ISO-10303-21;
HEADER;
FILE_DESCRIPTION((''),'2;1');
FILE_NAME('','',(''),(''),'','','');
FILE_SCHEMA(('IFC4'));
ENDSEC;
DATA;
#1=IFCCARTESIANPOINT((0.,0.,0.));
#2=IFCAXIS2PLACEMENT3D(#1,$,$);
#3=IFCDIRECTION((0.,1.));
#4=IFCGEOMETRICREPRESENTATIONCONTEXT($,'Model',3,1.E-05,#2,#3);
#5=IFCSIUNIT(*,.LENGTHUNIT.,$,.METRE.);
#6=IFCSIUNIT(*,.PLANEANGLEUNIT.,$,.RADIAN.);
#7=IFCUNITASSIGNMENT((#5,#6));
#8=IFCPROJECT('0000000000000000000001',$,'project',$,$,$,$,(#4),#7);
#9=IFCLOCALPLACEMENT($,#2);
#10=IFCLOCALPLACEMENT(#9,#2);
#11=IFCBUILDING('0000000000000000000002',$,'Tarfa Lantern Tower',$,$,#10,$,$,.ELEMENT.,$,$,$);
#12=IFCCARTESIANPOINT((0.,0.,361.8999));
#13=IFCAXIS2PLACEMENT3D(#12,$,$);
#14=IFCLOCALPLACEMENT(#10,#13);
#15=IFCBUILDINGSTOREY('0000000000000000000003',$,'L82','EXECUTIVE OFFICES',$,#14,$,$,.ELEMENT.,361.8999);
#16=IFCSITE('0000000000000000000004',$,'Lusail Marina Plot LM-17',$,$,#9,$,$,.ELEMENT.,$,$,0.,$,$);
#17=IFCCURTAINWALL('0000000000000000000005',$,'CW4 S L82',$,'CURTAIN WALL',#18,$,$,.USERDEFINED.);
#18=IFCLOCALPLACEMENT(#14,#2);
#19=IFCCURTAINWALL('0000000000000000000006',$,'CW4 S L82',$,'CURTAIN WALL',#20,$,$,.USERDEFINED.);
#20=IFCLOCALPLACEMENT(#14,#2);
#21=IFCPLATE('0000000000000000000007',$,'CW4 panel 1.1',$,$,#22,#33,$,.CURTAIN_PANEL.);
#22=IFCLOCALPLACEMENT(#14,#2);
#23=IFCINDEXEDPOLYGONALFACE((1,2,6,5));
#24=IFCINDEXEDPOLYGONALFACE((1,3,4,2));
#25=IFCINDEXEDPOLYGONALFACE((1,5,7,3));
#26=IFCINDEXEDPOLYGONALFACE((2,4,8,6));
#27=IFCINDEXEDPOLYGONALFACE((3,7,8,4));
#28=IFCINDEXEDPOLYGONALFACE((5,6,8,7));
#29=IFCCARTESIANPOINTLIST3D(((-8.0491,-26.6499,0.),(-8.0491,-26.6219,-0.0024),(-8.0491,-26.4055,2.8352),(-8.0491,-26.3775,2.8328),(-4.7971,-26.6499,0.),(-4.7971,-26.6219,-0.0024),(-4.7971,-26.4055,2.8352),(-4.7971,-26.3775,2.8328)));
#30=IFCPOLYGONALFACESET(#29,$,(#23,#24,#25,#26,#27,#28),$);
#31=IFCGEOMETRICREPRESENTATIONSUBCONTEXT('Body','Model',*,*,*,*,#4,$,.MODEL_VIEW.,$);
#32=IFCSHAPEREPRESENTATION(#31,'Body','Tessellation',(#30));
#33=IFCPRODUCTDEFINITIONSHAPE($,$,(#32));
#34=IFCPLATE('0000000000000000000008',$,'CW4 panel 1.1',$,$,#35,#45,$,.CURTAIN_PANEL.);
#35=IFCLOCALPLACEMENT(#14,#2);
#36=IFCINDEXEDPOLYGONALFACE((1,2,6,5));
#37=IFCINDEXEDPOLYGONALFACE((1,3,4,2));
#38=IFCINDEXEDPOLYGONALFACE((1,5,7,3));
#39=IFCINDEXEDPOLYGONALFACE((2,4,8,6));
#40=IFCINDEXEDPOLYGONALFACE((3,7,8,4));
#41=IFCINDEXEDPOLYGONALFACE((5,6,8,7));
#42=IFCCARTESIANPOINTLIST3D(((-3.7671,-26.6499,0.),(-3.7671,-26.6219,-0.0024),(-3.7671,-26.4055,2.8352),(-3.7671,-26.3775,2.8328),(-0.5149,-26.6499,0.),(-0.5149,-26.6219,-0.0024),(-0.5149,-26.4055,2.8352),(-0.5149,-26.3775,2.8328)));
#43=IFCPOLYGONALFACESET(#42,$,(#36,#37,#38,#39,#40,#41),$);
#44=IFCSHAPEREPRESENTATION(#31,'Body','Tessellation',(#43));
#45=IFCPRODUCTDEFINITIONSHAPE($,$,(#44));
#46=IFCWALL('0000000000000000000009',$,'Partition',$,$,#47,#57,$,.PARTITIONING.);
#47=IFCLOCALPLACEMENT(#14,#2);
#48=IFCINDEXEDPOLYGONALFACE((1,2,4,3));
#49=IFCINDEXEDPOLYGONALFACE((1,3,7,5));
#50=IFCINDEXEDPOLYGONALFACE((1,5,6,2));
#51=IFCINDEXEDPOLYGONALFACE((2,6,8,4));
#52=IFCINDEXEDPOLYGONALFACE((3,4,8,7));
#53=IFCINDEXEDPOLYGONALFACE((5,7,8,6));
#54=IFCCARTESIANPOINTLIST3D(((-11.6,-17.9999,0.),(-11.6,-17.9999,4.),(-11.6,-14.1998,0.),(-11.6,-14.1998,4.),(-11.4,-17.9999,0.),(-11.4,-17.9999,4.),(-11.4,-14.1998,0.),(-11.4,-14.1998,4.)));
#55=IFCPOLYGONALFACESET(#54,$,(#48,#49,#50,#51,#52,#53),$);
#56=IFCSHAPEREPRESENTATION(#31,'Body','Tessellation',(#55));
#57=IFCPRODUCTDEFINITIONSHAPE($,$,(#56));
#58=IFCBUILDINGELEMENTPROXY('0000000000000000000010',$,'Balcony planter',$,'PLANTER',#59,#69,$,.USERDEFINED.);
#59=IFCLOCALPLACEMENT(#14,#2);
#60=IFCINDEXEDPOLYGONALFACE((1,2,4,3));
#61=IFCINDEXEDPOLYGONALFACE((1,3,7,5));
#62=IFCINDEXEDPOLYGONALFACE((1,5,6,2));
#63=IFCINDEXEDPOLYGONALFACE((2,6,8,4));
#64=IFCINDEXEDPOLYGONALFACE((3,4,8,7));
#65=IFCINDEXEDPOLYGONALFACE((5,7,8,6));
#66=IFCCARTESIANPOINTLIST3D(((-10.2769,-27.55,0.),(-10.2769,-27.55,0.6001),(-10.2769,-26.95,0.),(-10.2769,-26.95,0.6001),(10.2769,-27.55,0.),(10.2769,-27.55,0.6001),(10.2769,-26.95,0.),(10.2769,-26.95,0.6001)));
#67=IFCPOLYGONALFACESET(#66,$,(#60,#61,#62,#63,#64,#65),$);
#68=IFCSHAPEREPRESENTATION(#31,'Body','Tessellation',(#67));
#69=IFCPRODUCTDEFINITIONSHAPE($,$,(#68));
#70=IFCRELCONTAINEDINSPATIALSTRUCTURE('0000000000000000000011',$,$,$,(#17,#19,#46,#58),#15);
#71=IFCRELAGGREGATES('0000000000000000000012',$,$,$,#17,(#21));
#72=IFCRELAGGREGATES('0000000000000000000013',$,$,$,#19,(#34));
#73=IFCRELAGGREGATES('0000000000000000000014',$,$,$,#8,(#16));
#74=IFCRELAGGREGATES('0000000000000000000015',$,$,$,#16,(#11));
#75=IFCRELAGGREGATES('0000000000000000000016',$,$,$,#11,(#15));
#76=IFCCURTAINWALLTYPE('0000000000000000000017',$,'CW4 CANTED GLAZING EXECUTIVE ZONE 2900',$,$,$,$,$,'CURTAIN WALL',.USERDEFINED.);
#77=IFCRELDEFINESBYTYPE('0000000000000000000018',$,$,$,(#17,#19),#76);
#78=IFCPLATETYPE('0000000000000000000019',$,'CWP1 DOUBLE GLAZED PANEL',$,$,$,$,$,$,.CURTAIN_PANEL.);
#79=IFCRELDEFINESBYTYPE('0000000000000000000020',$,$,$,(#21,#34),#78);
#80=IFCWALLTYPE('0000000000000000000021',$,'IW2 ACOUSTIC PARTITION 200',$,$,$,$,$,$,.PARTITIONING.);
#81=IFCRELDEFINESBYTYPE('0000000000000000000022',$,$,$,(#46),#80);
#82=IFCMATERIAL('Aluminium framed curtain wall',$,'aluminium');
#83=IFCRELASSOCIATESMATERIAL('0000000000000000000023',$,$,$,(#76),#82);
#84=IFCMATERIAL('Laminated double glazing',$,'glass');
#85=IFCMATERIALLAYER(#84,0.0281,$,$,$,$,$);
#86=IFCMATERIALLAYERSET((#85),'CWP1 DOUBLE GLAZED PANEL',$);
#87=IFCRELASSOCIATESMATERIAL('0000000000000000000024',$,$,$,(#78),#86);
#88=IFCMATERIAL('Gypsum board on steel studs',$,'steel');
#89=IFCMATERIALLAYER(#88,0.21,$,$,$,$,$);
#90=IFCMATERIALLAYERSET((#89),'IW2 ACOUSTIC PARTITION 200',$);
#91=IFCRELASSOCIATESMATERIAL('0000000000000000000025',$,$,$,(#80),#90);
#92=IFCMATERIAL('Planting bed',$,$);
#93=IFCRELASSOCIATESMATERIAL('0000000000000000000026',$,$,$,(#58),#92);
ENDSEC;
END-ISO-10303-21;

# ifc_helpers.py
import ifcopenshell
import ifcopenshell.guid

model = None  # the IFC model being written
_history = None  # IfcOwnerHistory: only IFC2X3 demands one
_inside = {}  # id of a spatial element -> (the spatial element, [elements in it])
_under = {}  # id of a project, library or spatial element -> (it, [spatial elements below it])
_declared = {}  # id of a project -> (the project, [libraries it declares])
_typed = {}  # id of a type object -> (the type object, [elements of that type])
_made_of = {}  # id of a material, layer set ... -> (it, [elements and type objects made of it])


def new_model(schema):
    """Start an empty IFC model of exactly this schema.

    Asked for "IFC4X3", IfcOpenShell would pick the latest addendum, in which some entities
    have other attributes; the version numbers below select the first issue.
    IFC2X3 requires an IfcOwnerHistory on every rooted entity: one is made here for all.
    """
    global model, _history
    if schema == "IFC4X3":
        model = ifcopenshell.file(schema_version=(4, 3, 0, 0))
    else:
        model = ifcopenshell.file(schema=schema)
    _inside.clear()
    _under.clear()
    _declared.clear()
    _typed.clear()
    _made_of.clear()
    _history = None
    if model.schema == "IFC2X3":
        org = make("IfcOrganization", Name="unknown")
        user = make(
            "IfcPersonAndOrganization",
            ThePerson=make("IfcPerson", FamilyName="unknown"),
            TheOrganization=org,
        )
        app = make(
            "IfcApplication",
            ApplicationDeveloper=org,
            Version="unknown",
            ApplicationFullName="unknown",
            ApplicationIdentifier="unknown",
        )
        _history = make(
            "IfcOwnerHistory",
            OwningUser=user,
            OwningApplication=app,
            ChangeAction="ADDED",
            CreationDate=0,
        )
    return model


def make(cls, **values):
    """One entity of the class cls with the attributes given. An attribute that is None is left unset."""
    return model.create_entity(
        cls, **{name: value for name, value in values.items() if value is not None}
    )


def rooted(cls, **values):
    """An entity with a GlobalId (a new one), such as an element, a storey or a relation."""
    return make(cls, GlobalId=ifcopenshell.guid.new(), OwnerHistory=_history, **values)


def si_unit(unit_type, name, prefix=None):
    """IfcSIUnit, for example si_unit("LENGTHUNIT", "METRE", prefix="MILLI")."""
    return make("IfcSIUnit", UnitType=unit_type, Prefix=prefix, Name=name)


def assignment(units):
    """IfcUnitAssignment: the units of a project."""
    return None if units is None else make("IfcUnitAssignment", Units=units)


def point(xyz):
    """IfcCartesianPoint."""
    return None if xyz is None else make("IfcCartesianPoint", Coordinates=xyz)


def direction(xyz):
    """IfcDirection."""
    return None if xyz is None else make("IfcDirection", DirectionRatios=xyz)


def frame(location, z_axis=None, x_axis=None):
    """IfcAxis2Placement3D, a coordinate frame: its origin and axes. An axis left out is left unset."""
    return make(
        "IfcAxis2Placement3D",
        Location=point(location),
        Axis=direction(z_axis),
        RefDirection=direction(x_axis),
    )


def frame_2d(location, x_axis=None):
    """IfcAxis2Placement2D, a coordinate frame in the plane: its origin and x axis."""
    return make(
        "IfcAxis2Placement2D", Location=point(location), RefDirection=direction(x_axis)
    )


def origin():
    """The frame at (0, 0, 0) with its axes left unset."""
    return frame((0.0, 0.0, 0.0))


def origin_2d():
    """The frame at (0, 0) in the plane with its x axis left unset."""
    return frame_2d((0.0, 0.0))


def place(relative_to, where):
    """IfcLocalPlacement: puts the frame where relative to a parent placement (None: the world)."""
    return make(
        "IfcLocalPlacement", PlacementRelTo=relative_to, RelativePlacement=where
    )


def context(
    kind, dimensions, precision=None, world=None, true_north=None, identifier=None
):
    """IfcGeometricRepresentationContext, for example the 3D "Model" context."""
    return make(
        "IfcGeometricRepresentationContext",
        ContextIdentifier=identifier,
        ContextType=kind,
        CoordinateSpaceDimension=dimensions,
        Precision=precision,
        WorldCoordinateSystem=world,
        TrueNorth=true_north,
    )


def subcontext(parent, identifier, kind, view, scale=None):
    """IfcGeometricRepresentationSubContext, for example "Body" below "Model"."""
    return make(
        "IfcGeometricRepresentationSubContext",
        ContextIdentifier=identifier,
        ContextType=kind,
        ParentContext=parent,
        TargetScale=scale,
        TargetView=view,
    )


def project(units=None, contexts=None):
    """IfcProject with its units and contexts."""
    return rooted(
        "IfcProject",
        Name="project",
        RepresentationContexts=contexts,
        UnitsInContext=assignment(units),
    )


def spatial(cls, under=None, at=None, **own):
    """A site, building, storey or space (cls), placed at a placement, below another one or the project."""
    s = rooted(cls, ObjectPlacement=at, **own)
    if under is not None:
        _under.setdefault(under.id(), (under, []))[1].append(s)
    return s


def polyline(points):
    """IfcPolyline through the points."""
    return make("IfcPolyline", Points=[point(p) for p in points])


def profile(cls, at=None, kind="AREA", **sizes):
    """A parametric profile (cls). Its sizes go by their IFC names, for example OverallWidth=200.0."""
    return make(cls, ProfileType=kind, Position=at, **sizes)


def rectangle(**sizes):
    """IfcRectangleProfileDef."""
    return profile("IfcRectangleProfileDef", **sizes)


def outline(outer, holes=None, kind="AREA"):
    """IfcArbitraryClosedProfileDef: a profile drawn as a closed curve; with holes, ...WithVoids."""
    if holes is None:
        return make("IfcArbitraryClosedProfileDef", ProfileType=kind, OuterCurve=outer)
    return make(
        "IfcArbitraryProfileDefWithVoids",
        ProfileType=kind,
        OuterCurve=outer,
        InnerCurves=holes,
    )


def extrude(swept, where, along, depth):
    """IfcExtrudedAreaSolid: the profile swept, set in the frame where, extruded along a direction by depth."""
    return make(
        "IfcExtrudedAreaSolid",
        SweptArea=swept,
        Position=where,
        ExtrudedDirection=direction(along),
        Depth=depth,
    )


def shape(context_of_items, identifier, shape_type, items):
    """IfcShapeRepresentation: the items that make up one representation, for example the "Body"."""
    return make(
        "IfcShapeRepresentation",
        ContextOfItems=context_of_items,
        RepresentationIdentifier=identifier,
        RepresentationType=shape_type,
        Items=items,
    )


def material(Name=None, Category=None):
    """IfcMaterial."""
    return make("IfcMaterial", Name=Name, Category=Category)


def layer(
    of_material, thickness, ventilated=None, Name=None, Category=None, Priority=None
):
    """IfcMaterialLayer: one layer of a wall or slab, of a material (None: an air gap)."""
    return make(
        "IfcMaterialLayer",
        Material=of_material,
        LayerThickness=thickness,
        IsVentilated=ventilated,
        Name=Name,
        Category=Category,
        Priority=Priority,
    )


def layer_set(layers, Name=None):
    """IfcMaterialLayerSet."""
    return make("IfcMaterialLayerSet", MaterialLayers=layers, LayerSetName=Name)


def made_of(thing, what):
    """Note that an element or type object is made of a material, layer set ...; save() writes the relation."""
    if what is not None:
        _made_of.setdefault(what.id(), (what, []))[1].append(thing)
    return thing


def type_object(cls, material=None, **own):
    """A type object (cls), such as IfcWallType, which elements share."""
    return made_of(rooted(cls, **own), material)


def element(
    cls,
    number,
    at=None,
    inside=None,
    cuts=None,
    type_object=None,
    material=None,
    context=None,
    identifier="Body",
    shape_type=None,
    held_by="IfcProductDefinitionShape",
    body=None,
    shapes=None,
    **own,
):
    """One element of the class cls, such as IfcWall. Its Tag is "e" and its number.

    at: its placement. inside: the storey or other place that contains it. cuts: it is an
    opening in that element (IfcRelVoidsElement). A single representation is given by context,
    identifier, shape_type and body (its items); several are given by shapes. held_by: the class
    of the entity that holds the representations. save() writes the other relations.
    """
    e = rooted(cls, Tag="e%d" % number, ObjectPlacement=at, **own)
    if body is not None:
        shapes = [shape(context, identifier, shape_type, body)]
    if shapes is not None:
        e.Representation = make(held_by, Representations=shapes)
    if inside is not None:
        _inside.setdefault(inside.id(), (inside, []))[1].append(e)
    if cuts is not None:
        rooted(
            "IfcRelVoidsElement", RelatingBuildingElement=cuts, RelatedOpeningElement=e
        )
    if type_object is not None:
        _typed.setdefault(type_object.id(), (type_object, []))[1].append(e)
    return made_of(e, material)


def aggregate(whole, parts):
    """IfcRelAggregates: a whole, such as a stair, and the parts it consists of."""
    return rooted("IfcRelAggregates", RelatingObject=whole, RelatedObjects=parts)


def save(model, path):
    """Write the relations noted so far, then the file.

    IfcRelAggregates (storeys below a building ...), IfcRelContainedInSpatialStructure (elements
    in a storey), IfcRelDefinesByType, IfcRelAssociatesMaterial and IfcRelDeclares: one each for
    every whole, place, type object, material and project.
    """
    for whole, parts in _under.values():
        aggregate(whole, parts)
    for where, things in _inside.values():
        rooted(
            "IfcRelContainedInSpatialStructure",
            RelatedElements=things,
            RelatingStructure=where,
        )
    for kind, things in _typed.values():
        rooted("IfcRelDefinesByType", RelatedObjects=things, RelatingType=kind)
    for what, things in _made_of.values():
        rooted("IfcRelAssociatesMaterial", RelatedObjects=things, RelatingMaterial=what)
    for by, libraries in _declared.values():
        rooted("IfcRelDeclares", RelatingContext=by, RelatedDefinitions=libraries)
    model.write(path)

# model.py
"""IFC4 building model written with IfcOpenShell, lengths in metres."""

from ifc_helpers import new_model, si_unit, direction, frame, frame_2d, origin, origin_2d, place, context, subcontext, project, spatial, polyline, rectangle, outline, extrude, material, layer, layer_set, type_object, element, aggregate, save


model = new_model("IFC4")

# Units and contexts
model_context = context("Model", 3, precision=1e-05, world=origin(), true_north=direction((0.0, 1.0)))
body_context = subcontext(model_context, "Body", "Model", "MODEL_VIEW")
ifc_project = project(units=[si_unit("LENGTHUNIT", "METRE"), si_unit("PLANEANGLEUNIT", "RADIAN")], contexts=[model_context])

# Site, building, storey
site_placement = place(None, origin())
site = spatial("IfcSite", under=ifc_project, at=site_placement, Name="Lusail Marina Plot LM-17", CompositionType="ELEMENT", RefElevation=0.0)
building_placement = place(site_placement, origin())
building = spatial("IfcBuilding", under=site, at=building_placement, Name="Tarfa Lantern Tower", CompositionType="ELEMENT")
storey_placement = place(building_placement, frame((0.0, 0.0, 361.8999)))
storey = spatial("IfcBuildingStorey", under=building, at=storey_placement, Name="L82", Description="EXECUTIVE OFFICES", CompositionType="ELEMENT", Elevation=361.8999)

# Shared definitions
ifc_material_1 = material(Name="Aluminium framed curtain wall", Category="aluminium")
curtain_wall_type = type_object("IfcCurtainWallType", Name="CW4 CANTED GLAZING EXECUTIVE ZONE 2900", ElementType="CURTAIN WALL", PredefinedType="USERDEFINED", material=ifc_material_1)

# Curtain walls
curtain_wall_1_placement = place(storey_placement, origin())
curtain_wall_1 = element("IfcCurtainWall", 1, at=curtain_wall_1_placement, inside=storey, type_object=curtain_wall_type, Name="CW4 S L82", ObjectType="CURTAIN WALL", PredefinedType="USERDEFINED")
curtain_wall_2_placement = place(storey_placement, origin())
curtain_wall_2 = element("IfcCurtainWall", 2, at=curtain_wall_2_placement, inside=storey, type_object=curtain_wall_type, Name="CW4 S L82", ObjectType="CURTAIN WALL", PredefinedType="USERDEFINED")

# Plates
ifc_material_2 = material(Name="Laminated double glazing", Category="glass")
ifc_layer_1 = layer(ifc_material_2, 0.0281)
ifc_layer_set_1 = layer_set([ifc_layer_1], Name="CWP1 DOUBLE GLAZED PANEL")
plate_type = type_object("IfcPlateType", Name="CWP1 DOUBLE GLAZED PANEL", PredefinedType="CURTAIN_PANEL", material=ifc_layer_set_1)
plate_1_placement = place(storey_placement, frame((-8.0491, -26.6499, 0.0), z_axis=(0.0, -0.996306, 0.085878), x_axis=(1.0, 0.0, 0.0)))
plate_1 = element("IfcPlate", 3, at=plate_1_placement, type_object=plate_type, Name="CW4 panel 1.1", PredefinedType="CURTAIN_PANEL", context=body_context, shape_type="SweptSolid", body=[
    extrude(outline(polyline([(0.0, 0.0), (3.252, 0.0), (3.252, 2.8457), (0.0, 2.8457), (0.0, 0.0)])), origin(), (0.0, 0.0, -1.0), 0.0281),
])
aggregate(curtain_wall_1, [plate_1])
plate_2_placement = place(storey_placement, frame((-3.7671, -26.6499, 0.0), z_axis=(0.0, -0.996306, 0.085878), x_axis=(1.0, 0.0, 0.0)))
plate_2 = element("IfcPlate", 4, at=plate_2_placement, type_object=plate_type, Name="CW4 panel 1.1", PredefinedType="CURTAIN_PANEL", context=body_context, shape_type="SweptSolid", body=[
    extrude(outline(polyline([(0.0, 0.0), (3.2522, 0.0), (3.2522, 2.8457), (0.0, 2.8457), (0.0, 0.0)])), origin(), (0.0, 0.0, -1.0), 0.0281),
])
aggregate(curtain_wall_2, [plate_2])

# Wall
ifc_material_3 = material(Name="Gypsum board on steel studs", Category="steel")
ifc_layer_2 = layer(ifc_material_3, 0.21)
ifc_layer_set_2 = layer_set([ifc_layer_2], Name="IW2 ACOUSTIC PARTITION 200")
wall_type = type_object("IfcWallType", Name="IW2 ACOUSTIC PARTITION 200", PredefinedType="PARTITIONING", material=ifc_layer_set_2)
wall_placement = place(storey_placement, frame((-11.5, -14.2, 0.0), z_axis=(0.0, 0.0, 1.0), x_axis=(0.0, -1.0, 0.0)))
element("IfcWall", 5, at=wall_placement, inside=storey, type_object=wall_type, Name="Partition", PredefinedType="PARTITIONING", context=body_context, shape_type="SweptSolid", body=[
    extrude(rectangle(XDim=3.8, YDim=0.2, at=frame_2d((1.8999, 0.0))), origin(), (0.0, 0.0, 1.0), 4.0),
])

# Building element proxy
ifc_material_4 = material(Name="Planting bed")
proxy_placement = place(storey_placement, frame((0.0, -27.25, 0.0), z_axis=(0.0, 0.0, 1.0), x_axis=(1.0, 0.0, 0.0)))
element("IfcBuildingElementProxy", 6, at=proxy_placement, inside=storey, material=ifc_material_4, Name="Balcony planter", ObjectType="PLANTER", PredefinedType="USERDEFINED", context=body_context, shape_type="SweptSolid", body=[
    extrude(rectangle(XDim=20.5537, YDim=0.6001, at=origin_2d()), origin(), (0.0, 0.0, 1.0), 0.6001),
])

save(model, "model.ifc")
